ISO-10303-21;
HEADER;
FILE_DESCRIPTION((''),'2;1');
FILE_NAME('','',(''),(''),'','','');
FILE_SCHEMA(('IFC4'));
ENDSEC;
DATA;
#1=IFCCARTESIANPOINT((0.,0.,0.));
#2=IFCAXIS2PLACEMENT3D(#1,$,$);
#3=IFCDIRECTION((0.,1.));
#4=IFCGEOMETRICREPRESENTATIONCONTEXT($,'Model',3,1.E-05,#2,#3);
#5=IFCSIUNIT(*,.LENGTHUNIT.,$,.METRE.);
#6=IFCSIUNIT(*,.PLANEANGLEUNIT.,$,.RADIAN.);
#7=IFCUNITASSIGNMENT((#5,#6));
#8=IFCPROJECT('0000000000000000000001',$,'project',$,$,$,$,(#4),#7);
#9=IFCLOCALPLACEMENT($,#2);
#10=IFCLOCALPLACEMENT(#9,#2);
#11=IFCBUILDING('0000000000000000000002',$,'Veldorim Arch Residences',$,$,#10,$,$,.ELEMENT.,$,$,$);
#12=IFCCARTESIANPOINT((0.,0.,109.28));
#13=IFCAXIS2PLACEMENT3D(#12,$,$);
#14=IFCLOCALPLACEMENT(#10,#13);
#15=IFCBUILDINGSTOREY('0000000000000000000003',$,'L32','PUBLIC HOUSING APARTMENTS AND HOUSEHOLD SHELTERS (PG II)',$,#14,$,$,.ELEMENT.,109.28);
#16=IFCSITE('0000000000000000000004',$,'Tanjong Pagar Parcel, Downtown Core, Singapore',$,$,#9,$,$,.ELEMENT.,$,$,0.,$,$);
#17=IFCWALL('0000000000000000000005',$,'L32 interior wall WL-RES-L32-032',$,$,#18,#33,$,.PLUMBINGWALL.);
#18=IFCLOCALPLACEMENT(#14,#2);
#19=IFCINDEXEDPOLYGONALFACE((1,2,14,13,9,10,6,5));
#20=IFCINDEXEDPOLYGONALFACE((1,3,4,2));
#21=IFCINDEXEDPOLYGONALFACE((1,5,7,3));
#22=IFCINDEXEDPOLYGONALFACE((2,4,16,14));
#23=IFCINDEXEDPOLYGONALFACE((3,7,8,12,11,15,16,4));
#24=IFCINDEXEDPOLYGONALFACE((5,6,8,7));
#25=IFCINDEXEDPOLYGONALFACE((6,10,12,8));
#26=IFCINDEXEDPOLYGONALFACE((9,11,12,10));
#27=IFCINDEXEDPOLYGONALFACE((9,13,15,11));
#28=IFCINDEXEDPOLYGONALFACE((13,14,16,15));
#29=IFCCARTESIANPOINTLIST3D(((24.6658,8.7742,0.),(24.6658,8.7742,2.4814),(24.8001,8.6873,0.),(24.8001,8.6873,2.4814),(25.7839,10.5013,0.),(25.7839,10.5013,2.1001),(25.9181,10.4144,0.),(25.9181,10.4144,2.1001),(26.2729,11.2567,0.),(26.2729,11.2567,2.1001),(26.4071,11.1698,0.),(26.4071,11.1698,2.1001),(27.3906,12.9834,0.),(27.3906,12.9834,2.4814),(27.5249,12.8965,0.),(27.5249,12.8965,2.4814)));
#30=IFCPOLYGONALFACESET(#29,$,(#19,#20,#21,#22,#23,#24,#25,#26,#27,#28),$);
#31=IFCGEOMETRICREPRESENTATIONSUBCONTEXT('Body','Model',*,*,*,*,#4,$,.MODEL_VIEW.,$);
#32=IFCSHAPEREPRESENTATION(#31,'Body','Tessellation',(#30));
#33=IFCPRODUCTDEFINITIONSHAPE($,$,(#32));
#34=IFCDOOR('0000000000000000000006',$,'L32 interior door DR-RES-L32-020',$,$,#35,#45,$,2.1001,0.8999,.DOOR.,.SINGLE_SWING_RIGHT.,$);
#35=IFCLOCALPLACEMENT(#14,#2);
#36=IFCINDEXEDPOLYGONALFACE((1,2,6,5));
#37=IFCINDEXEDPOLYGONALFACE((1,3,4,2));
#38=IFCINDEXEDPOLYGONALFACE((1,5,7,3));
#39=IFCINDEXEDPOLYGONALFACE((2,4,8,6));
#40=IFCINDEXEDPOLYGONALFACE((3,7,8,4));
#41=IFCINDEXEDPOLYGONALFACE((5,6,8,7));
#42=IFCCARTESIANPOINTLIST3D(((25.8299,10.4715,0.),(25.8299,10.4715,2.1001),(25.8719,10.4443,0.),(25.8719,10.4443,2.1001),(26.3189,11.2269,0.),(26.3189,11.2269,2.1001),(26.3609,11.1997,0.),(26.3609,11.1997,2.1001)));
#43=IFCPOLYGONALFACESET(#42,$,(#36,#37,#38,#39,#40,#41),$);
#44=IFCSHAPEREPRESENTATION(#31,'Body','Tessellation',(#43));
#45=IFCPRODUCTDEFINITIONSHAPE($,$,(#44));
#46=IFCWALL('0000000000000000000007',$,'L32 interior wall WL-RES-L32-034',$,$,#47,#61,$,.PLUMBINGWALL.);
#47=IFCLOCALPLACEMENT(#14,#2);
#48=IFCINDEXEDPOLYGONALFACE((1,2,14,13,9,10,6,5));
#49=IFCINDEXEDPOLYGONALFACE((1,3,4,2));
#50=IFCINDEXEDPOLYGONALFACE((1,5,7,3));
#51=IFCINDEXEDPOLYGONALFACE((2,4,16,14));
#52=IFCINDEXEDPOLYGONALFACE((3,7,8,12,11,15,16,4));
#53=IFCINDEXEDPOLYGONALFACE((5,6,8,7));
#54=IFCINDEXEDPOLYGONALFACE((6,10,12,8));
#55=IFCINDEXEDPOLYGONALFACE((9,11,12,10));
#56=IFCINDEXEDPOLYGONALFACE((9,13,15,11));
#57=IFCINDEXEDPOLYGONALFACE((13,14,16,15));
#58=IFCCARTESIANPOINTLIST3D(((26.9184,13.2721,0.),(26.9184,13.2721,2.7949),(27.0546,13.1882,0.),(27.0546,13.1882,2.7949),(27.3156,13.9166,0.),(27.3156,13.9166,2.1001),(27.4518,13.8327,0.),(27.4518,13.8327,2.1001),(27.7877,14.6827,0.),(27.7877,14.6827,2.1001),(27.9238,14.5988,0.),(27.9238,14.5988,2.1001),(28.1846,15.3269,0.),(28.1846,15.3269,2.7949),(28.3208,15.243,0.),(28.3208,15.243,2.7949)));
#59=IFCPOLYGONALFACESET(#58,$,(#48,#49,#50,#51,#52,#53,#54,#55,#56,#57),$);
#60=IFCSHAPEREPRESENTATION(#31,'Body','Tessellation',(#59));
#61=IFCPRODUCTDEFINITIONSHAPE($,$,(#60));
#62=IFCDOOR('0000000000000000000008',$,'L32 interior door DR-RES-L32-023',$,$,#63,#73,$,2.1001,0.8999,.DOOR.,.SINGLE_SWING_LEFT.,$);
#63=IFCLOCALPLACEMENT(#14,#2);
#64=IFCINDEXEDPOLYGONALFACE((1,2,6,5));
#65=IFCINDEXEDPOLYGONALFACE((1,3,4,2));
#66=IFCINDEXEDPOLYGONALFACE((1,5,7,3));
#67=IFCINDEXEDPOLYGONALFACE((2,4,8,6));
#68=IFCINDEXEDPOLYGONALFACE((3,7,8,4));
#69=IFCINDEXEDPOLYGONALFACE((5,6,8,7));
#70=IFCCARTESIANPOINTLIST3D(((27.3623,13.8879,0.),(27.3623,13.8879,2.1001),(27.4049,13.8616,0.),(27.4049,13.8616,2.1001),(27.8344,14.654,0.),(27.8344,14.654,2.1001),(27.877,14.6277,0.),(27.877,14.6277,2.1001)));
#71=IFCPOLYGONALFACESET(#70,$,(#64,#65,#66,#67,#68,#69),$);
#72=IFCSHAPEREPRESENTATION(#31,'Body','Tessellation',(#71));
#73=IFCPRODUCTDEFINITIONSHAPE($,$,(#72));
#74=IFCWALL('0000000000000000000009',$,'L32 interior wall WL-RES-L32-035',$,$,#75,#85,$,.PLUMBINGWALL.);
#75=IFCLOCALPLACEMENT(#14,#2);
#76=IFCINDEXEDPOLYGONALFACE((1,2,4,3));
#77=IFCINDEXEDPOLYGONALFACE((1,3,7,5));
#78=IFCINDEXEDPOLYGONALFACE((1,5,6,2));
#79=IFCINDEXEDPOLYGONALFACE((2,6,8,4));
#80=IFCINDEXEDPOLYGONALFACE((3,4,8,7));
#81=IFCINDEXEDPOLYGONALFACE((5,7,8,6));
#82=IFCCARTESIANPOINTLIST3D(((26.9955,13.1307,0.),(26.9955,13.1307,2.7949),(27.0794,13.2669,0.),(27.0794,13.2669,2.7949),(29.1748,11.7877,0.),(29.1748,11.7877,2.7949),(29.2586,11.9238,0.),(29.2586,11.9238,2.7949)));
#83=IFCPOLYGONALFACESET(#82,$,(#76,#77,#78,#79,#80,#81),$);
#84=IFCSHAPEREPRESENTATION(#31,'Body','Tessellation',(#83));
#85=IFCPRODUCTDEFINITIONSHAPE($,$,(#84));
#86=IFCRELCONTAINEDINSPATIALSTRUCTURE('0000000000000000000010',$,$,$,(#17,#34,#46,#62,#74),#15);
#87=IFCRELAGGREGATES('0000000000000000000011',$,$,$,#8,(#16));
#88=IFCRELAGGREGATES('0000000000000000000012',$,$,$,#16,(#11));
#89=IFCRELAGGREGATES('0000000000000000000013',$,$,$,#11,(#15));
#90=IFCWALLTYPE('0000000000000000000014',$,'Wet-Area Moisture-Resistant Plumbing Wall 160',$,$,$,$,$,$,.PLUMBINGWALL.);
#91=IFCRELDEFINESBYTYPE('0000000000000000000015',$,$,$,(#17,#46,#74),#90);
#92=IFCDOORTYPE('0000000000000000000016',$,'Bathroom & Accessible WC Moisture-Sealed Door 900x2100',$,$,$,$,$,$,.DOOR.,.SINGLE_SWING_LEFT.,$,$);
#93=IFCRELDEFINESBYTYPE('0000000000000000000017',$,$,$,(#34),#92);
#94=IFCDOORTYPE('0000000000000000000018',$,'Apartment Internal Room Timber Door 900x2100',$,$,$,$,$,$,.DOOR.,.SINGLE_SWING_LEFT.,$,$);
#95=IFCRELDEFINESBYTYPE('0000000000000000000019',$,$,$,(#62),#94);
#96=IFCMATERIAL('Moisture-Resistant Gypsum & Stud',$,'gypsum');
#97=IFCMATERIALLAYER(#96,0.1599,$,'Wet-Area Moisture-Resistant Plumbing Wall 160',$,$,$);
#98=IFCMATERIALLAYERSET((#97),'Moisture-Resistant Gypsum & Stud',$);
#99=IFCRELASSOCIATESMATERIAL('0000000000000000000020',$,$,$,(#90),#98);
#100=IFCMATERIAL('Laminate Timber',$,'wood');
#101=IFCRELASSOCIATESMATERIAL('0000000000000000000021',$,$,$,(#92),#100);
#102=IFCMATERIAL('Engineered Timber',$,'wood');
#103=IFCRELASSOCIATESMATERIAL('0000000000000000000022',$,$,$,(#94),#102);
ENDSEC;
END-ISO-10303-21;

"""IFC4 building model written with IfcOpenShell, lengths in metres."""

from ifc_helpers import new_model, si_unit, direction, frame, frame_2d, origin, place, context, subcontext, project, spatial, rectangle, extrude, material, layer, layer_set, type_object, element, fill, save


model = new_model("IFC4")

# Units and contexts
model_context = context("Model", 3, precision=1e-05, world=origin(), true_north=direction((0.0, 1.0)))
body_context = subcontext(model_context, "Body", "Model", "MODEL_VIEW")
ifc_project = project(units=[si_unit("LENGTHUNIT", "METRE"), si_unit("PLANEANGLEUNIT", "RADIAN")], contexts=[model_context])

# Site, building, storey
site_placement = place(None, origin())
site = spatial("IfcSite", under=ifc_project, at=site_placement, Name="Tanjong Pagar Parcel, Downtown Core, Singapore", CompositionType="ELEMENT", RefElevation=0.0)
building_placement = place(site_placement, origin())
building = spatial("IfcBuilding", under=site, at=building_placement, Name="Veldorim Arch Residences", CompositionType="ELEMENT")
storey_placement = place(building_placement, frame((0.0, 0.0, 109.28)))
storey = spatial("IfcBuildingStorey", under=building, at=storey_placement, Name="L32", Description="PUBLIC HOUSING APARTMENTS AND HOUSEHOLD SHELTERS (PG II)", CompositionType="ELEMENT", Elevation=109.28)

# Walls, openings, doors
ifc_material_1 = material(Name="Moisture-Resistant Gypsum & Stud", Category="gypsum")
ifc_layer_1 = layer(ifc_material_1, 0.1599, Name="Wet-Area Moisture-Resistant Plumbing Wall 160")
ifc_layer_set_1 = layer_set([ifc_layer_1], Name="Moisture-Resistant Gypsum & Stud")
wall_type_1 = type_object("IfcWallType", Name="Wet-Area Moisture-Resistant Plumbing Wall 160", PredefinedType="PLUMBINGWALL", material=ifc_layer_set_1)
wall_1_placement = place(storey_placement, frame((27.4578, 12.9399, 0.0), z_axis=(0.0, 0.0, 1.0), x_axis=(-0.543425, -0.839458, 0.0)))
wall_1 = element("IfcWall", 1, at=wall_1_placement, inside=storey, type_object=wall_type_1, Name="L32 interior wall WL-RES-L32-032", PredefinedType="PLUMBINGWALL", context=body_context, shape_type="SweptSolid", body=[
    extrude(rectangle(XDim=5.0142, YDim=0.1599, at=frame_2d((2.5071, 0.0))), origin(), (0.0, 0.0, 1.0), 2.4814),
])
opening_1_placement = place(wall_1_placement, frame((2.0569, 0.0, 0.0)))
opening_1 = element("IfcOpeningElement", 2, at=opening_1_placement, cuts=wall_1, PredefinedType="OPENING", context=body_context, shape_type="SweptSolid", body=[
    extrude(rectangle(XDim=0.8999, YDim=2.1001, at=frame_2d((0.45, 1.05))), frame((0.0, 0.0898, 0.0), z_axis=(0.0, -1.0, 0.0), x_axis=(1.0, 0.0, 0.0)), (0.0, 0.0, 1.0), 0.1799),
])
ifc_material_2 = material(Name="Laminate Timber", Category="wood")
door_type_1 = type_object("IfcDoorType", Name="Bathroom & Accessible WC Moisture-Sealed Door 900x2100", OperationType="SINGLE_SWING_LEFT", PredefinedType="DOOR", material=ifc_material_2)
door_1_placement = place(opening_1_placement, origin())
door_1 = element("IfcDoor", 3, at=door_1_placement, inside=storey, type_object=door_type_1, Name="L32 interior door DR-RES-L32-020", OperationType="SINGLE_SWING_RIGHT", OverallHeight=2.1001, OverallWidth=0.8999, PredefinedType="DOOR", context=body_context, shape_type="SweptSolid", body=[
    extrude(rectangle(XDim=0.8999, YDim=2.1001, at=frame_2d((0.45, 1.05))), frame((0.0, 0.0249, 0.0), z_axis=(0.0, -1.0, 0.0), x_axis=(1.0, 0.0, 0.0)), (0.0, 0.0, 1.0), 0.05),
])
fill(opening_1, door_1)
wall_2_placement = place(storey_placement, frame((28.2527, 15.2849, 0.0), z_axis=(0.0, 0.0, 1.0), x_axis=(-0.524605, -0.851346, 0.0)))
wall_2 = element("IfcWall", 4, at=wall_2_placement, inside=storey, type_object=wall_type_1, Name="L32 interior wall WL-RES-L32-034", PredefinedType="PLUMBINGWALL", context=body_context, shape_type="SweptSolid", body=[
    extrude(rectangle(XDim=2.4136, YDim=0.1599, at=frame_2d((1.2068, 0.0))), origin(), (0.0, 0.0, 1.0), 2.7949),
])
opening_2_placement = place(wall_2_placement, frame((0.7566, 0.0, 0.0)))
opening_2 = element("IfcOpeningElement", 5, at=opening_2_placement, cuts=wall_2, PredefinedType="OPENING", context=body_context, shape_type="SweptSolid", body=[
    extrude(rectangle(XDim=0.8999, YDim=2.1001, at=frame_2d((0.45, 1.05))), frame((0.0, 0.0898, 0.0), z_axis=(0.0, -1.0, 0.0), x_axis=(1.0, 0.0, 0.0)), (0.0, 0.0, 1.0), 0.1799),
])
ifc_material_3 = material(Name="Engineered Timber", Category="wood")
door_type_2 = type_object("IfcDoorType", Name="Apartment Internal Room Timber Door 900x2100", OperationType="SINGLE_SWING_LEFT", PredefinedType="DOOR", material=ifc_material_3)
door_2_placement = place(opening_2_placement, origin())
door_2 = element("IfcDoor", 6, at=door_2_placement, inside=storey, type_object=door_type_2, Name="L32 interior door DR-RES-L32-023", OperationType="SINGLE_SWING_LEFT", OverallHeight=2.1001, OverallWidth=0.8999, PredefinedType="DOOR", context=body_context, shape_type="SweptSolid", body=[
    extrude(rectangle(XDim=0.8999, YDim=2.1001, at=frame_2d((0.45, 1.05))), frame((0.0, 0.0249, 0.0), z_axis=(0.0, -1.0, 0.0), x_axis=(1.0, 0.0, 0.0)), (0.0, 0.0, 1.0), 0.05),
])
fill(opening_2, door_2)

# Wall
wall_3_placement = place(storey_placement, frame((27.0376, 13.1987, 0.0), z_axis=(0.0, 0.0, 1.0), x_axis=(0.851314, -0.524656, 0.0)))
element("IfcWall", 7, at=wall_3_placement, inside=storey, type_object=wall_type_1, Name="L32 interior wall WL-RES-L32-035", PredefinedType="PLUMBINGWALL", context=body_context, shape_type="SweptSolid", body=[
    extrude(rectangle(XDim=2.5598, YDim=0.1599, at=frame_2d((1.2798, 0.0))), origin(), (0.0, 0.0, 1.0), 2.7949),
])

save(model, "model.ifc")
